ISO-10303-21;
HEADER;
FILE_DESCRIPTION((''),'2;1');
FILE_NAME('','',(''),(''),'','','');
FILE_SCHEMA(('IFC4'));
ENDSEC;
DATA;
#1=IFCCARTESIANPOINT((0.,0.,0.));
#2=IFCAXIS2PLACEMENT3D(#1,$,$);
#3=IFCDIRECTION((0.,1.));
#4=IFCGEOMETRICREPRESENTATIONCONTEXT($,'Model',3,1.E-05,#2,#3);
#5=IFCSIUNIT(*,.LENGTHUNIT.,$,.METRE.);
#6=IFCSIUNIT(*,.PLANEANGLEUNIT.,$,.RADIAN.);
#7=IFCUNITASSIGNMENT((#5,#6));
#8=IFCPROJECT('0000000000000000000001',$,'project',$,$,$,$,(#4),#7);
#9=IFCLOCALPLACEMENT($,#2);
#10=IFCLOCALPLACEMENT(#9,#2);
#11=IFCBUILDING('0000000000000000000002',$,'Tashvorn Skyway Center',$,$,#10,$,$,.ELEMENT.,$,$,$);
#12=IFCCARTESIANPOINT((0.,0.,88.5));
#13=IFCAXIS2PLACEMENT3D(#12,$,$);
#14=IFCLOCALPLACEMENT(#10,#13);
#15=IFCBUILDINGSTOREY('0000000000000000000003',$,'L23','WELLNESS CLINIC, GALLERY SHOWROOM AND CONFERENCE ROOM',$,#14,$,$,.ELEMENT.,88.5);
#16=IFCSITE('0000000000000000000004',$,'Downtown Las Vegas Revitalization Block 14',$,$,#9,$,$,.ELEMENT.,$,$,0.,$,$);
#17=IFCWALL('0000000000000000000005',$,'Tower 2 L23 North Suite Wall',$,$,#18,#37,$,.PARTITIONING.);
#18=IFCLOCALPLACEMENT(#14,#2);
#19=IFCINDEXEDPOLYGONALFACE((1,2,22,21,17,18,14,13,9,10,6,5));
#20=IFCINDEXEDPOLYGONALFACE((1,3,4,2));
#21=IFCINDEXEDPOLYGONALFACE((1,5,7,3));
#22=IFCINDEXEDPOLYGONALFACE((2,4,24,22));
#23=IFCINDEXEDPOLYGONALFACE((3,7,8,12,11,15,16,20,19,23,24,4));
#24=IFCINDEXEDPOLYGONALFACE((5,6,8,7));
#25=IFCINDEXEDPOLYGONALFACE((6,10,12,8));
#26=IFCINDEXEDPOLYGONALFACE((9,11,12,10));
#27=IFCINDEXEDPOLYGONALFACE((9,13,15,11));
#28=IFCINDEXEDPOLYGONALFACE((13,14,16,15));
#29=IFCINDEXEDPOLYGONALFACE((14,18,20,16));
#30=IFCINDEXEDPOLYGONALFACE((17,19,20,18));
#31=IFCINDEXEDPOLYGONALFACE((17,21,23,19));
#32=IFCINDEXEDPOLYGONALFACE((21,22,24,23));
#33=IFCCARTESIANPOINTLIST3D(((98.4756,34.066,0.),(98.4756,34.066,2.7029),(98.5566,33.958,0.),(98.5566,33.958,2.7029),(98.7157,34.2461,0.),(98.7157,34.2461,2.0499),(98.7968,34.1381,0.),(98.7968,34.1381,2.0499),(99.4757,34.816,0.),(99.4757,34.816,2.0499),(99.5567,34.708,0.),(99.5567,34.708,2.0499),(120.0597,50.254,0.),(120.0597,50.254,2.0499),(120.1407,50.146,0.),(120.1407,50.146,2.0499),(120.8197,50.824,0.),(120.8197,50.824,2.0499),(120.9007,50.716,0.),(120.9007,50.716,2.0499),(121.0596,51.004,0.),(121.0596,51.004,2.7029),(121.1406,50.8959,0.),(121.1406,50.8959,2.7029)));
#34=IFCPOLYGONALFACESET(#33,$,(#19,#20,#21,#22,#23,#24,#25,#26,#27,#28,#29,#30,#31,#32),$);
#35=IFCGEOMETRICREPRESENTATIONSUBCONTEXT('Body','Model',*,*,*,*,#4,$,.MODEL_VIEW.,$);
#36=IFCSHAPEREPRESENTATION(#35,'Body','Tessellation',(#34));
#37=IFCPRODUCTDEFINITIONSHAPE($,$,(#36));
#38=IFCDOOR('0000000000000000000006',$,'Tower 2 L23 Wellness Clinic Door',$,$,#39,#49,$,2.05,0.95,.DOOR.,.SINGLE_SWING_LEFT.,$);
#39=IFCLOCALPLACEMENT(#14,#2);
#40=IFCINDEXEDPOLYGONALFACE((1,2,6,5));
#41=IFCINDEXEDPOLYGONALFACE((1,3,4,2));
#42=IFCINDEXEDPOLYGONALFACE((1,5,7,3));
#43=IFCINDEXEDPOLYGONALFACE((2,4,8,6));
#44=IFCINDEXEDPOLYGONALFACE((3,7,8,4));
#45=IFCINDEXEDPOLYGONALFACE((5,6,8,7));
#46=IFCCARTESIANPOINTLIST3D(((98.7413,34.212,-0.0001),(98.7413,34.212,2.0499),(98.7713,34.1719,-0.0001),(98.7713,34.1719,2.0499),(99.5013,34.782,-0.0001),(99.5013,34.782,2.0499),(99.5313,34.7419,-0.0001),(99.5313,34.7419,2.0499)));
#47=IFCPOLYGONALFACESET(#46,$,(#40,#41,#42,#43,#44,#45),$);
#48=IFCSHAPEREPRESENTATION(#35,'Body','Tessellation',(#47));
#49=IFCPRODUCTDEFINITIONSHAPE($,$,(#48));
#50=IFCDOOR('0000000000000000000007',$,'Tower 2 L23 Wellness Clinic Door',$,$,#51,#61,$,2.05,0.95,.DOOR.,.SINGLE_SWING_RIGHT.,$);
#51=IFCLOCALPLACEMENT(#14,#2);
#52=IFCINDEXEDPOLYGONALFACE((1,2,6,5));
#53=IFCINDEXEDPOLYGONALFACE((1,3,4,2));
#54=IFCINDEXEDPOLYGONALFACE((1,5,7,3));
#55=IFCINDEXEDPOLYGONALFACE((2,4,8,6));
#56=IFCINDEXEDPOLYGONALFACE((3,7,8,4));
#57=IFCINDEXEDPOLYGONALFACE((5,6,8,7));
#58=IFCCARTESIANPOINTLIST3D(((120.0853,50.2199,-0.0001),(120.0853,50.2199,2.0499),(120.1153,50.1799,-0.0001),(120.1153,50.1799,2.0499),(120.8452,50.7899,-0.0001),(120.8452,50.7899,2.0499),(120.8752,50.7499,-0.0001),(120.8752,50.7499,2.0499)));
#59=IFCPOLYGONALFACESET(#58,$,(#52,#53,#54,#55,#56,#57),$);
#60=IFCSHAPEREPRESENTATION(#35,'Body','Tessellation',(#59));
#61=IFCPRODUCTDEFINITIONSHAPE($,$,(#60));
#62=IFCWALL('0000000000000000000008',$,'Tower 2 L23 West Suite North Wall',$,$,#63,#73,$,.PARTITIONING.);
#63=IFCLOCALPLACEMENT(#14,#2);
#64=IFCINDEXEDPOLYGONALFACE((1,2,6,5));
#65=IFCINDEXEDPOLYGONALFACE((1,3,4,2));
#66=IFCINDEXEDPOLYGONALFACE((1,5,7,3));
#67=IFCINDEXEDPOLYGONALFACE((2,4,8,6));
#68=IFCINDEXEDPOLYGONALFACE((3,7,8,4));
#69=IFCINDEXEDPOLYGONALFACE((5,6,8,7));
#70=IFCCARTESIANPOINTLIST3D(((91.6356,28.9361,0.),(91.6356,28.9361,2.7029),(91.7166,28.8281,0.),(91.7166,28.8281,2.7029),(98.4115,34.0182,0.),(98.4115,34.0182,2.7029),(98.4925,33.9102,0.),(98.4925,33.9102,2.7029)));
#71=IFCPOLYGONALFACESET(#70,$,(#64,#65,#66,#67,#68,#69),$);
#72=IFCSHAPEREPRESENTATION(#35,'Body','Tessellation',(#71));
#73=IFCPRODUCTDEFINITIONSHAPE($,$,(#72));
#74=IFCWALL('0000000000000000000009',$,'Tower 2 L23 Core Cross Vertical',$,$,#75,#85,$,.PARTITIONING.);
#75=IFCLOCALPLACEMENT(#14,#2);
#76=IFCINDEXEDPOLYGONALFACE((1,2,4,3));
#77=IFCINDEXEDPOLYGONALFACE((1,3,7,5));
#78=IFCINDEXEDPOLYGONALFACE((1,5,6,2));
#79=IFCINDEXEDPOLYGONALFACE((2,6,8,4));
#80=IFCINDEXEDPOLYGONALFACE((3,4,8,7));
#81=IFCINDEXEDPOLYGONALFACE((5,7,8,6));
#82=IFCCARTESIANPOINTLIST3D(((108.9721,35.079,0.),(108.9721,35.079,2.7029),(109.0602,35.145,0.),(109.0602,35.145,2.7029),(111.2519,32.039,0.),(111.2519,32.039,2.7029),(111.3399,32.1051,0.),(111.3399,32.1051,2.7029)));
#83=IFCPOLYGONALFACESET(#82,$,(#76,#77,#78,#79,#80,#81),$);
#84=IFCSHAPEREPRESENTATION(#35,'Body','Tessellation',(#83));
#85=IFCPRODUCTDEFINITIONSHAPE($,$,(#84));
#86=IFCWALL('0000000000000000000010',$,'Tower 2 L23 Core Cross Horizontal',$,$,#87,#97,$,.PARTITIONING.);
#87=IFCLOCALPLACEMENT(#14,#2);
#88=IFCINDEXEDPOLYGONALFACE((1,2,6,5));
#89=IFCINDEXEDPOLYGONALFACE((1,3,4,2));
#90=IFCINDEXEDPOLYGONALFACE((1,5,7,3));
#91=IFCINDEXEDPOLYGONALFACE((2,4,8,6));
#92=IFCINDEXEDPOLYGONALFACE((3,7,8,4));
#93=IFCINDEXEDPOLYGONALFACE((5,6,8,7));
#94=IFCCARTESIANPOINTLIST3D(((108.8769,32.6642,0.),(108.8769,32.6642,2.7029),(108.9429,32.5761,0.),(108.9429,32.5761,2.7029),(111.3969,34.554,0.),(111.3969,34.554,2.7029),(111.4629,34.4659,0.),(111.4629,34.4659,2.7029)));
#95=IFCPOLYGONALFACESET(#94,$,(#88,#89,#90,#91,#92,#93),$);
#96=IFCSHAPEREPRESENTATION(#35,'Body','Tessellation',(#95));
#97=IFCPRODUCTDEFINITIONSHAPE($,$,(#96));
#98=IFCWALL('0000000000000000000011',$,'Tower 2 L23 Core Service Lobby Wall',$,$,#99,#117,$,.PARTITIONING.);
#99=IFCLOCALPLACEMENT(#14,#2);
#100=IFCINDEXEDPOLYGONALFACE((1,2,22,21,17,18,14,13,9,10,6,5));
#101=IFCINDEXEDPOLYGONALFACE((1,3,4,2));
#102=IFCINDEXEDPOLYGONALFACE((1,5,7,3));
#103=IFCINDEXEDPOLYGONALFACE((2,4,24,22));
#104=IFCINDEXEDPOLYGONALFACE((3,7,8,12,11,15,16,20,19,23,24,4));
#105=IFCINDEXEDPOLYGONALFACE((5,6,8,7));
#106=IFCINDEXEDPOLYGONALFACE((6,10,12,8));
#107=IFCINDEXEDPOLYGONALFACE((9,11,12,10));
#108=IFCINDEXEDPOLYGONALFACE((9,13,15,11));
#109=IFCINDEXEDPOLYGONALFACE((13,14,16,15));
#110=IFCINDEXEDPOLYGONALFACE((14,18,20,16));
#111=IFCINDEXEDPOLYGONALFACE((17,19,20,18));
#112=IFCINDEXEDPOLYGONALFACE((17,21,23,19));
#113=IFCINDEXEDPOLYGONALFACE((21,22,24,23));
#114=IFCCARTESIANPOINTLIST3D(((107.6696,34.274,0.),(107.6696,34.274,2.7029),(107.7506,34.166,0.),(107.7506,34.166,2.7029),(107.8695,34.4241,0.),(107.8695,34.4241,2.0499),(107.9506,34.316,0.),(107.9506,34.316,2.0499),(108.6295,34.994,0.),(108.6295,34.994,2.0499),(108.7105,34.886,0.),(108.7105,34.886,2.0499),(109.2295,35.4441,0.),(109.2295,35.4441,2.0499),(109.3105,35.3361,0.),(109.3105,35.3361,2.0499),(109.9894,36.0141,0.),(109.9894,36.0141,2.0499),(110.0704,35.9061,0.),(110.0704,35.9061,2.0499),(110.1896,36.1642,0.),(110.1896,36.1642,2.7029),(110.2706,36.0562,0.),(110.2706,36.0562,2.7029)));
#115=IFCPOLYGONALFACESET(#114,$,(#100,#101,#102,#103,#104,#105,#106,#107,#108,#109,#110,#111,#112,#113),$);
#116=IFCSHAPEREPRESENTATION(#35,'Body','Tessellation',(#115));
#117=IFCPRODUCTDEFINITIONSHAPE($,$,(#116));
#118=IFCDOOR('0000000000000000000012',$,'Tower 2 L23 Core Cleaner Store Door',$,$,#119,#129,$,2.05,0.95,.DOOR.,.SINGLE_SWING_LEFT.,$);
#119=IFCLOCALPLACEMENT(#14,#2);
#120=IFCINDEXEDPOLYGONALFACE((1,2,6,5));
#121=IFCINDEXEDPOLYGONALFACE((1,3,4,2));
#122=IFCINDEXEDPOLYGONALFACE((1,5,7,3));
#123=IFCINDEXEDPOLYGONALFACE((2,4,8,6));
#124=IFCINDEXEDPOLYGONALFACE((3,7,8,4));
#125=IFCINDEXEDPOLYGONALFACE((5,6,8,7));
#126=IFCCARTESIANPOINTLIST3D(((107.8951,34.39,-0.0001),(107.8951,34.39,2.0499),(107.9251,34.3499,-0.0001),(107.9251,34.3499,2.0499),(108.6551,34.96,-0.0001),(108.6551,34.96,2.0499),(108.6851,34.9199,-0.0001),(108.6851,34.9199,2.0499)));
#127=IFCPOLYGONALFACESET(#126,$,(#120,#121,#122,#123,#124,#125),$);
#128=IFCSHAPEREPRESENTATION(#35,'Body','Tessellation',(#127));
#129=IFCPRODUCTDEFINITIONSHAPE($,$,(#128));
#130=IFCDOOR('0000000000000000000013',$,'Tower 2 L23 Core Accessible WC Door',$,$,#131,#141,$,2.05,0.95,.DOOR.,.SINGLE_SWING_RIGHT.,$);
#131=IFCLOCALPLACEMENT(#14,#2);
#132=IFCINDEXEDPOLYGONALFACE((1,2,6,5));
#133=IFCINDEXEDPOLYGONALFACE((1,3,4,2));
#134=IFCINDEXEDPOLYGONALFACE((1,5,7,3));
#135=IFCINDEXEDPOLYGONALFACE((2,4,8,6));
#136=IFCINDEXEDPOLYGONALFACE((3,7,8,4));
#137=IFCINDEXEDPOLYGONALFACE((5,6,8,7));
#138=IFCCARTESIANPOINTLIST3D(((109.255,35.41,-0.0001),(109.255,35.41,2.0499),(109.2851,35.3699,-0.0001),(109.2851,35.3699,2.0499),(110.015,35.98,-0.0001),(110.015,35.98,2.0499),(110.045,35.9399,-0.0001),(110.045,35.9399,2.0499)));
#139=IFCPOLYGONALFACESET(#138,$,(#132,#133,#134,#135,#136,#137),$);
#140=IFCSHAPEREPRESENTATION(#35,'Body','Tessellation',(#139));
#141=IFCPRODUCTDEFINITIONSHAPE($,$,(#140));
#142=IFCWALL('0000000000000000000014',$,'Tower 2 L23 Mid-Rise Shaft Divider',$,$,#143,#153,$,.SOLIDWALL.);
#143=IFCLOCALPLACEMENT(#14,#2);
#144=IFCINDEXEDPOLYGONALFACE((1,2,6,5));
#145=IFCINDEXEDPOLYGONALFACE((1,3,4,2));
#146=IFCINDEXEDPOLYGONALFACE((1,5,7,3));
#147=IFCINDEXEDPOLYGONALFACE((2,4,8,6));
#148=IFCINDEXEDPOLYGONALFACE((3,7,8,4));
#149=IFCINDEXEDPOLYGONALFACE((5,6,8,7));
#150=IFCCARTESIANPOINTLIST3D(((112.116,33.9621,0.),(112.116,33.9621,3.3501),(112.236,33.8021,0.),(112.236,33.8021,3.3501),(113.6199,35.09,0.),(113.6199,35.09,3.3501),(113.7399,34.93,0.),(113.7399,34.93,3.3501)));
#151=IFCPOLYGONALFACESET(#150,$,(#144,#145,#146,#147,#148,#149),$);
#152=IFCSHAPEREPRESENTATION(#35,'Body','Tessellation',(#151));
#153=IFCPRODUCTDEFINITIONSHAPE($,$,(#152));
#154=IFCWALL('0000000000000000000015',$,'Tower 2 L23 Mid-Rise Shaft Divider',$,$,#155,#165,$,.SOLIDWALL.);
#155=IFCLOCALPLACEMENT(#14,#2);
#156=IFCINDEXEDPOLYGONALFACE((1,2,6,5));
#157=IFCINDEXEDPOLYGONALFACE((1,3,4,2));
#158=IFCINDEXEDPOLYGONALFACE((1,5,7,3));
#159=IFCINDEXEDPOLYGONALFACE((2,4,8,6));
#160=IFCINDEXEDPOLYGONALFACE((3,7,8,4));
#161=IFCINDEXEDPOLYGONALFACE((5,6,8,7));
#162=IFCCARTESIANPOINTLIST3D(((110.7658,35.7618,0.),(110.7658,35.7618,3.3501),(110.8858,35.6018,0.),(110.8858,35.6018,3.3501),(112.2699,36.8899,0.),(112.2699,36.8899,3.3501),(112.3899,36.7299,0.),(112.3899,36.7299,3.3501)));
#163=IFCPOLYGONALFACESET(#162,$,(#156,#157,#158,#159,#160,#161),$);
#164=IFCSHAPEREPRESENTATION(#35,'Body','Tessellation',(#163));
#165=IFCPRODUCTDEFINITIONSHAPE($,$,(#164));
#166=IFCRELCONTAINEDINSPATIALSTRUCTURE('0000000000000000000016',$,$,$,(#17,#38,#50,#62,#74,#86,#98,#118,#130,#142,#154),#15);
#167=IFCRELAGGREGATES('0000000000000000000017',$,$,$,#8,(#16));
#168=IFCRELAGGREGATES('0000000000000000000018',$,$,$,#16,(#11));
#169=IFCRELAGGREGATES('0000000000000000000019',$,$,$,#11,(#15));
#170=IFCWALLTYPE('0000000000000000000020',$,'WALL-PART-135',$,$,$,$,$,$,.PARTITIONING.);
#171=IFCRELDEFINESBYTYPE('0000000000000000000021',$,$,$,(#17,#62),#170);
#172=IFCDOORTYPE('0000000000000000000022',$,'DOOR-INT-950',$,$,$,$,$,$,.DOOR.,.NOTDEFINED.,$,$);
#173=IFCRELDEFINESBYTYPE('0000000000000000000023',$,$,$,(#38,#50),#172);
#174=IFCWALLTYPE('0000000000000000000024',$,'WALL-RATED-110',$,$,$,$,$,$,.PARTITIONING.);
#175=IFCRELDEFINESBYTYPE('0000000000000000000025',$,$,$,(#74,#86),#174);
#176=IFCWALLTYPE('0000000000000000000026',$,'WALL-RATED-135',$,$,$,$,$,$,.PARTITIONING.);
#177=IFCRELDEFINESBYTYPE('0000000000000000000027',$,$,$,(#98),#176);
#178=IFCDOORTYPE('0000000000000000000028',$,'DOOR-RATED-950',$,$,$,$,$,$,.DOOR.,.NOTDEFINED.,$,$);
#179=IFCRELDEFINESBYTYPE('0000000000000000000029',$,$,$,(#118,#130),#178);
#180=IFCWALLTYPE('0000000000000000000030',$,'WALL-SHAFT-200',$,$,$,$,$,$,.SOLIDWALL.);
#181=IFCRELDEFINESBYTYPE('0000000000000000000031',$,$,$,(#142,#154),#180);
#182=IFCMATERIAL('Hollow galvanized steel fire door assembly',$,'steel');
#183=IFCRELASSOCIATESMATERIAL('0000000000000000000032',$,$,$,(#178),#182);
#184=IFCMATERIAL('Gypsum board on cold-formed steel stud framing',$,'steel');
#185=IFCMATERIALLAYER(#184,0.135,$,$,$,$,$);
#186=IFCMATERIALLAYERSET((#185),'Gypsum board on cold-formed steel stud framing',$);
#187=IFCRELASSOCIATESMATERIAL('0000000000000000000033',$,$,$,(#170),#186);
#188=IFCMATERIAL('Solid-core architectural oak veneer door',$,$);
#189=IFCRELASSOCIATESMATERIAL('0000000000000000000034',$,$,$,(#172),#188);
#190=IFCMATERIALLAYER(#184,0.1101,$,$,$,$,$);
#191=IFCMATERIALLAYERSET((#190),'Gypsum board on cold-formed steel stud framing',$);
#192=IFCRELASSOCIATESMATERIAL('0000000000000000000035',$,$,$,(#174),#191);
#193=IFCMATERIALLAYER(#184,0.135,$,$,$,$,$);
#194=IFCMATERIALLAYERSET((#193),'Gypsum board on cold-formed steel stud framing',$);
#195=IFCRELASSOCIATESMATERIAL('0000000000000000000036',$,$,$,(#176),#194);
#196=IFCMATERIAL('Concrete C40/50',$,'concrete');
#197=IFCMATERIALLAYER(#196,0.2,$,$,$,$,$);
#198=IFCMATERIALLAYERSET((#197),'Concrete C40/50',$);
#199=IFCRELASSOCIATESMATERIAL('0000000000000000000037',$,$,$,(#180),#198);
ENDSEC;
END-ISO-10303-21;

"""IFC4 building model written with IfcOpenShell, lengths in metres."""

from ifc_helpers import new_model, si_unit, direction, frame, frame_2d, origin, place, context, subcontext, project, spatial, rectangle, extrude, material, layer, layer_set, type_object, element, fill, save


model = new_model("IFC4")

# Units and contexts
model_context = context("Model", 3, precision=1e-05, world=origin(), true_north=direction((0.0, 1.0)))
body_context = subcontext(model_context, "Body", "Model", "MODEL_VIEW")
ifc_project = project(units=[si_unit("LENGTHUNIT", "METRE"), si_unit("PLANEANGLEUNIT", "RADIAN")], contexts=[model_context])

# Site, building, storey
site_placement = place(None, origin())
site = spatial("IfcSite", under=ifc_project, at=site_placement, Name="Downtown Las Vegas Revitalization Block 14", CompositionType="ELEMENT", RefElevation=0.0)
building_placement = place(site_placement, origin())
building = spatial("IfcBuilding", under=site, at=building_placement, Name="Tashvorn Skyway Center", CompositionType="ELEMENT")
storey_placement = place(building_placement, frame((0.0, 0.0, 88.5)))
storey = spatial("IfcBuildingStorey", under=building, at=storey_placement, Name="L23", Description="WELLNESS CLINIC, GALLERY SHOWROOM AND CONFERENCE ROOM", CompositionType="ELEMENT", Elevation=88.5)

# Wall, openings, doors
ifc_material_1 = material(Name="Hollow galvanized steel fire door assembly", Category="steel")
ifc_material_2 = material(Name="Concrete C40/50", Category="concrete")
door_type_1 = type_object("IfcDoorType", Name="DOOR-RATED-950", OperationType="NOTDEFINED", PredefinedType="DOOR", material=ifc_material_1)
ifc_material_3 = material(Name="Gypsum board on cold-formed steel stud framing", Category="steel")
ifc_layer_1 = layer(ifc_material_3, 0.135)
ifc_layer_set_1 = layer_set([ifc_layer_1], Name="Gypsum board on cold-formed steel stud framing")
wall_type_1 = type_object("IfcWallType", Name="WALL-PART-135", PredefinedType="PARTITIONING", material=ifc_layer_set_1)
wall_1_placement = place(storey_placement, frame((98.5161, 34.012, 0.0), z_axis=(0.0, 0.0, 1.0), x_axis=(0.8, 0.6, 0.0)))
wall_1 = element("IfcWall", 1, at=wall_1_placement, inside=storey, type_object=wall_type_1, Name="Tower 2 L23 North Suite Wall", PredefinedType="PARTITIONING", context=body_context, shape_type="SweptSolid", body=[
    extrude(rectangle(XDim=28.23, YDim=0.135, at=frame_2d((14.115, 0.0))), origin(), (0.0, 0.0, 1.0), 2.7029),
])
opening_1_placement = place(wall_1_placement, frame((0.3, 0.0, 0.0)))
opening_1 = element("IfcOpeningElement", 2, at=opening_1_placement, cuts=wall_1, PredefinedType="OPENING", context=body_context, shape_type="SweptSolid", body=[
    extrude(rectangle(XDim=0.95, YDim=2.05, at=frame_2d((0.4751, 1.0249))), frame((0.0, 0.0774, 0.0), z_axis=(0.0, -1.0, 0.0), x_axis=(1.0, 0.0, 0.0)), (0.0, 0.0, 1.0), 0.155),
])
opening_2_placement = place(wall_1_placement, frame((26.98, 0.0, 0.0)))
opening_2 = element("IfcOpeningElement", 3, at=opening_2_placement, cuts=wall_1, PredefinedType="OPENING", context=body_context, shape_type="SweptSolid", body=[
    extrude(rectangle(XDim=0.95, YDim=2.05, at=frame_2d((0.4751, 1.0249))), frame((0.0, 0.0774, 0.0), z_axis=(0.0, -1.0, 0.0), x_axis=(1.0, 0.0, 0.0)), (0.0, 0.0, 1.0), 0.155),
])
ifc_material_4 = material(Name="Solid-core architectural oak veneer door")
door_type_2 = type_object("IfcDoorType", Name="DOOR-INT-950", OperationType="NOTDEFINED", PredefinedType="DOOR", material=ifc_material_4)
door_1_placement = place(opening_1_placement, origin())
door_1 = element("IfcDoor", 4, at=door_1_placement, inside=storey, type_object=door_type_2, Name="Tower 2 L23 Wellness Clinic Door", OperationType="SINGLE_SWING_LEFT", OverallHeight=2.05, OverallWidth=0.95, PredefinedType="DOOR", context=body_context, shape_type="SweptSolid", body=[
    extrude(rectangle(XDim=0.95, YDim=2.05, at=frame_2d((0.4751, 1.0249))), frame((0.0, 0.0249, 0.0), z_axis=(0.0, -1.0, 0.0), x_axis=(1.0, 0.0, 0.0)), (0.0, 0.0, 1.0), 0.05),
])
fill(opening_1, door_1)
door_2_placement = place(opening_2_placement, origin())
door_2 = element("IfcDoor", 5, at=door_2_placement, inside=storey, type_object=door_type_2, Name="Tower 2 L23 Wellness Clinic Door", OperationType="SINGLE_SWING_RIGHT", OverallHeight=2.05, OverallWidth=0.95, PredefinedType="DOOR", context=body_context, shape_type="SweptSolid", body=[
    extrude(rectangle(XDim=0.95, YDim=2.05, at=frame_2d((0.4751, 1.0249))), frame((0.0, 0.0249, 0.0), z_axis=(0.0, -1.0, 0.0), x_axis=(1.0, 0.0, 0.0)), (0.0, 0.0, 1.0), 0.05),
])
fill(opening_2, door_2)

# Walls
wall_2_placement = place(storey_placement, frame((98.4519, 33.9641, 0.0), z_axis=(0.0, 0.0, 1.0), x_axis=(-0.799993, -0.600009, 0.0)))
element("IfcWall", 6, at=wall_2_placement, inside=storey, type_object=wall_type_1, Name="Tower 2 L23 West Suite North Wall", PredefinedType="PARTITIONING", context=body_context, shape_type="SweptSolid", body=[
    extrude(rectangle(XDim=8.47, YDim=0.135, at=frame_2d((4.2349, 0.0))), origin(), (0.0, 0.0, 1.0), 2.7029),
])
ifc_layer_2 = layer(ifc_material_3, 0.1101)
ifc_layer_set_2 = layer_set([ifc_layer_2], Name="Gypsum board on cold-formed steel stud framing")
wall_type_2 = type_object("IfcWallType", Name="WALL-RATED-110", PredefinedType="PARTITIONING", material=ifc_layer_set_2)
wall_3_placement = place(storey_placement, frame((111.2959, 32.072, 0.0), z_axis=(0.0, 0.0, 1.0), x_axis=(-0.599959, 0.800031, 0.0)))
element("IfcWall", 7, at=wall_3_placement, inside=storey, type_object=wall_type_2, Name="Tower 2 L23 Core Cross Vertical", PredefinedType="PARTITIONING", context=body_context, shape_type="SweptSolid", body=[
    extrude(rectangle(XDim=3.7998, YDim=0.1101, at=frame_2d((1.8999, 0.0))), origin(), (0.0, 0.0, 1.0), 2.7029),
])
wall_4_placement = place(storey_placement, frame((108.9099, 32.6201, 0.0), z_axis=(0.0, 0.0, 1.0), x_axis=(0.800019, 0.599975, 0.0)))
element("IfcWall", 8, at=wall_4_placement, inside=storey, type_object=wall_type_2, Name="Tower 2 L23 Core Cross Horizontal", PredefinedType="PARTITIONING", context=body_context, shape_type="SweptSolid", body=[
    extrude(rectangle(XDim=3.1499, YDim=0.1101, at=frame_2d((1.575, 0.0))), origin(), (0.0, 0.0, 1.0), 2.7029),
])

# Wall, openings, doors
ifc_layer_3 = layer(ifc_material_3, 0.135)
ifc_layer_set_3 = layer_set([ifc_layer_3], Name="Gypsum board on cold-formed steel stud framing")
wall_type_3 = type_object("IfcWallType", Name="WALL-RATED-135", PredefinedType="PARTITIONING", material=ifc_layer_set_3)
wall_5_placement = place(storey_placement, frame((107.71, 34.22, 0.0), z_axis=(0.0, 0.0, 1.0), x_axis=(0.799981, 0.600025, 0.0)))
wall_5 = element("IfcWall", 9, at=wall_5_placement, inside=storey, type_object=wall_type_3, Name="Tower 2 L23 Core Service Lobby Wall", PredefinedType="PARTITIONING", context=body_context, shape_type="SweptSolid", body=[
    extrude(rectangle(XDim=3.1501, YDim=0.135, at=frame_2d((1.5752, 0.0))), origin(), (0.0, 0.0, 1.0), 2.7029),
])
opening_3_placement = place(wall_5_placement, frame((0.25, 0.0, 0.0)))
opening_3 = element("IfcOpeningElement", 10, at=opening_3_placement, cuts=wall_5, PredefinedType="OPENING", context=body_context, shape_type="SweptSolid", body=[
    extrude(rectangle(XDim=0.95, YDim=2.05, at=frame_2d((0.4751, 1.0249))), frame((0.0, 0.0774, 0.0), z_axis=(0.0, -1.0, 0.0), x_axis=(1.0, 0.0, 0.0)), (0.0, 0.0, 1.0), 0.155),
])
opening_4_placement = place(wall_5_placement, frame((1.95, 0.0, 0.0)))
opening_4 = element("IfcOpeningElement", 11, at=opening_4_placement, cuts=wall_5, PredefinedType="OPENING", context=body_context, shape_type="SweptSolid", body=[
    extrude(rectangle(XDim=0.95, YDim=2.05, at=frame_2d((0.4751, 1.0249))), frame((0.0, 0.0774, 0.0), z_axis=(0.0, -1.0, 0.0), x_axis=(1.0, 0.0, 0.0)), (0.0, 0.0, 1.0), 0.155),
])
door_3_placement = place(opening_3_placement, origin())
door_3 = element("IfcDoor", 12, at=door_3_placement, inside=storey, type_object=door_type_1, Name="Tower 2 L23 Core Cleaner Store Door", OperationType="SINGLE_SWING_LEFT", OverallHeight=2.05, OverallWidth=0.95, PredefinedType="DOOR", context=body_context, shape_type="SweptSolid", body=[
    extrude(rectangle(XDim=0.95, YDim=2.05, at=frame_2d((0.4751, 1.0249))), frame((0.0, 0.0249, 0.0), z_axis=(0.0, -1.0, 0.0), x_axis=(1.0, 0.0, 0.0)), (0.0, 0.0, 1.0), 0.05),
])
fill(opening_3, door_3)
door_4_placement = place(opening_4_placement, origin())
door_4 = element("IfcDoor", 13, at=door_4_placement, inside=storey, type_object=door_type_1, Name="Tower 2 L23 Core Accessible WC Door", OperationType="SINGLE_SWING_RIGHT", OverallHeight=2.05, OverallWidth=0.95, PredefinedType="DOOR", context=body_context, shape_type="SweptSolid", body=[
    extrude(rectangle(XDim=0.95, YDim=2.05, at=frame_2d((0.4751, 1.0249))), frame((0.0, 0.0249, 0.0), z_axis=(0.0, -1.0, 0.0), x_axis=(1.0, 0.0, 0.0)), (0.0, 0.0, 1.0), 0.05),
])
fill(opening_4, door_4)

# Walls
ifc_layer_4 = layer(ifc_material_2, 0.2)
ifc_layer_set_4 = layer_set([ifc_layer_4], Name="Concrete C40/50")
wall_type_4 = type_object("IfcWallType", Name="WALL-SHAFT-200", PredefinedType="SOLIDWALL", material=ifc_layer_set_4)
wall_6_placement = place(storey_placement, frame((112.176, 33.8821, 0.0), z_axis=(0.0, 0.0, 1.0), x_axis=(0.8, 0.6, 0.0)))
element("IfcWall", 14, at=wall_6_placement, inside=storey, type_object=wall_type_4, Name="Tower 2 L23 Mid-Rise Shaft Divider", PredefinedType="SOLIDWALL", context=body_context, shape_type="SweptSolid", body=[
    extrude(rectangle(XDim=1.8799, YDim=0.2, at=frame_2d((0.9399, 0.0))), origin(), (0.0, 0.0, 1.0), 3.3501),
])
wall_7_placement = place(storey_placement, frame((110.8259, 35.6819, 0.0), z_axis=(0.0, 0.0, 1.0), x_axis=(0.799984, 0.600021, 0.0)))
element("IfcWall", 15, at=wall_7_placement, inside=storey, type_object=wall_type_4, Name="Tower 2 L23 Mid-Rise Shaft Divider", PredefinedType="SOLIDWALL", context=body_context, shape_type="SweptSolid", body=[
    extrude(rectangle(XDim=1.8801, YDim=0.2, at=frame_2d((0.9399, 0.0))), origin(), (0.0, 0.0, 1.0), 3.3501),
])

save(model, "model.ifc")
